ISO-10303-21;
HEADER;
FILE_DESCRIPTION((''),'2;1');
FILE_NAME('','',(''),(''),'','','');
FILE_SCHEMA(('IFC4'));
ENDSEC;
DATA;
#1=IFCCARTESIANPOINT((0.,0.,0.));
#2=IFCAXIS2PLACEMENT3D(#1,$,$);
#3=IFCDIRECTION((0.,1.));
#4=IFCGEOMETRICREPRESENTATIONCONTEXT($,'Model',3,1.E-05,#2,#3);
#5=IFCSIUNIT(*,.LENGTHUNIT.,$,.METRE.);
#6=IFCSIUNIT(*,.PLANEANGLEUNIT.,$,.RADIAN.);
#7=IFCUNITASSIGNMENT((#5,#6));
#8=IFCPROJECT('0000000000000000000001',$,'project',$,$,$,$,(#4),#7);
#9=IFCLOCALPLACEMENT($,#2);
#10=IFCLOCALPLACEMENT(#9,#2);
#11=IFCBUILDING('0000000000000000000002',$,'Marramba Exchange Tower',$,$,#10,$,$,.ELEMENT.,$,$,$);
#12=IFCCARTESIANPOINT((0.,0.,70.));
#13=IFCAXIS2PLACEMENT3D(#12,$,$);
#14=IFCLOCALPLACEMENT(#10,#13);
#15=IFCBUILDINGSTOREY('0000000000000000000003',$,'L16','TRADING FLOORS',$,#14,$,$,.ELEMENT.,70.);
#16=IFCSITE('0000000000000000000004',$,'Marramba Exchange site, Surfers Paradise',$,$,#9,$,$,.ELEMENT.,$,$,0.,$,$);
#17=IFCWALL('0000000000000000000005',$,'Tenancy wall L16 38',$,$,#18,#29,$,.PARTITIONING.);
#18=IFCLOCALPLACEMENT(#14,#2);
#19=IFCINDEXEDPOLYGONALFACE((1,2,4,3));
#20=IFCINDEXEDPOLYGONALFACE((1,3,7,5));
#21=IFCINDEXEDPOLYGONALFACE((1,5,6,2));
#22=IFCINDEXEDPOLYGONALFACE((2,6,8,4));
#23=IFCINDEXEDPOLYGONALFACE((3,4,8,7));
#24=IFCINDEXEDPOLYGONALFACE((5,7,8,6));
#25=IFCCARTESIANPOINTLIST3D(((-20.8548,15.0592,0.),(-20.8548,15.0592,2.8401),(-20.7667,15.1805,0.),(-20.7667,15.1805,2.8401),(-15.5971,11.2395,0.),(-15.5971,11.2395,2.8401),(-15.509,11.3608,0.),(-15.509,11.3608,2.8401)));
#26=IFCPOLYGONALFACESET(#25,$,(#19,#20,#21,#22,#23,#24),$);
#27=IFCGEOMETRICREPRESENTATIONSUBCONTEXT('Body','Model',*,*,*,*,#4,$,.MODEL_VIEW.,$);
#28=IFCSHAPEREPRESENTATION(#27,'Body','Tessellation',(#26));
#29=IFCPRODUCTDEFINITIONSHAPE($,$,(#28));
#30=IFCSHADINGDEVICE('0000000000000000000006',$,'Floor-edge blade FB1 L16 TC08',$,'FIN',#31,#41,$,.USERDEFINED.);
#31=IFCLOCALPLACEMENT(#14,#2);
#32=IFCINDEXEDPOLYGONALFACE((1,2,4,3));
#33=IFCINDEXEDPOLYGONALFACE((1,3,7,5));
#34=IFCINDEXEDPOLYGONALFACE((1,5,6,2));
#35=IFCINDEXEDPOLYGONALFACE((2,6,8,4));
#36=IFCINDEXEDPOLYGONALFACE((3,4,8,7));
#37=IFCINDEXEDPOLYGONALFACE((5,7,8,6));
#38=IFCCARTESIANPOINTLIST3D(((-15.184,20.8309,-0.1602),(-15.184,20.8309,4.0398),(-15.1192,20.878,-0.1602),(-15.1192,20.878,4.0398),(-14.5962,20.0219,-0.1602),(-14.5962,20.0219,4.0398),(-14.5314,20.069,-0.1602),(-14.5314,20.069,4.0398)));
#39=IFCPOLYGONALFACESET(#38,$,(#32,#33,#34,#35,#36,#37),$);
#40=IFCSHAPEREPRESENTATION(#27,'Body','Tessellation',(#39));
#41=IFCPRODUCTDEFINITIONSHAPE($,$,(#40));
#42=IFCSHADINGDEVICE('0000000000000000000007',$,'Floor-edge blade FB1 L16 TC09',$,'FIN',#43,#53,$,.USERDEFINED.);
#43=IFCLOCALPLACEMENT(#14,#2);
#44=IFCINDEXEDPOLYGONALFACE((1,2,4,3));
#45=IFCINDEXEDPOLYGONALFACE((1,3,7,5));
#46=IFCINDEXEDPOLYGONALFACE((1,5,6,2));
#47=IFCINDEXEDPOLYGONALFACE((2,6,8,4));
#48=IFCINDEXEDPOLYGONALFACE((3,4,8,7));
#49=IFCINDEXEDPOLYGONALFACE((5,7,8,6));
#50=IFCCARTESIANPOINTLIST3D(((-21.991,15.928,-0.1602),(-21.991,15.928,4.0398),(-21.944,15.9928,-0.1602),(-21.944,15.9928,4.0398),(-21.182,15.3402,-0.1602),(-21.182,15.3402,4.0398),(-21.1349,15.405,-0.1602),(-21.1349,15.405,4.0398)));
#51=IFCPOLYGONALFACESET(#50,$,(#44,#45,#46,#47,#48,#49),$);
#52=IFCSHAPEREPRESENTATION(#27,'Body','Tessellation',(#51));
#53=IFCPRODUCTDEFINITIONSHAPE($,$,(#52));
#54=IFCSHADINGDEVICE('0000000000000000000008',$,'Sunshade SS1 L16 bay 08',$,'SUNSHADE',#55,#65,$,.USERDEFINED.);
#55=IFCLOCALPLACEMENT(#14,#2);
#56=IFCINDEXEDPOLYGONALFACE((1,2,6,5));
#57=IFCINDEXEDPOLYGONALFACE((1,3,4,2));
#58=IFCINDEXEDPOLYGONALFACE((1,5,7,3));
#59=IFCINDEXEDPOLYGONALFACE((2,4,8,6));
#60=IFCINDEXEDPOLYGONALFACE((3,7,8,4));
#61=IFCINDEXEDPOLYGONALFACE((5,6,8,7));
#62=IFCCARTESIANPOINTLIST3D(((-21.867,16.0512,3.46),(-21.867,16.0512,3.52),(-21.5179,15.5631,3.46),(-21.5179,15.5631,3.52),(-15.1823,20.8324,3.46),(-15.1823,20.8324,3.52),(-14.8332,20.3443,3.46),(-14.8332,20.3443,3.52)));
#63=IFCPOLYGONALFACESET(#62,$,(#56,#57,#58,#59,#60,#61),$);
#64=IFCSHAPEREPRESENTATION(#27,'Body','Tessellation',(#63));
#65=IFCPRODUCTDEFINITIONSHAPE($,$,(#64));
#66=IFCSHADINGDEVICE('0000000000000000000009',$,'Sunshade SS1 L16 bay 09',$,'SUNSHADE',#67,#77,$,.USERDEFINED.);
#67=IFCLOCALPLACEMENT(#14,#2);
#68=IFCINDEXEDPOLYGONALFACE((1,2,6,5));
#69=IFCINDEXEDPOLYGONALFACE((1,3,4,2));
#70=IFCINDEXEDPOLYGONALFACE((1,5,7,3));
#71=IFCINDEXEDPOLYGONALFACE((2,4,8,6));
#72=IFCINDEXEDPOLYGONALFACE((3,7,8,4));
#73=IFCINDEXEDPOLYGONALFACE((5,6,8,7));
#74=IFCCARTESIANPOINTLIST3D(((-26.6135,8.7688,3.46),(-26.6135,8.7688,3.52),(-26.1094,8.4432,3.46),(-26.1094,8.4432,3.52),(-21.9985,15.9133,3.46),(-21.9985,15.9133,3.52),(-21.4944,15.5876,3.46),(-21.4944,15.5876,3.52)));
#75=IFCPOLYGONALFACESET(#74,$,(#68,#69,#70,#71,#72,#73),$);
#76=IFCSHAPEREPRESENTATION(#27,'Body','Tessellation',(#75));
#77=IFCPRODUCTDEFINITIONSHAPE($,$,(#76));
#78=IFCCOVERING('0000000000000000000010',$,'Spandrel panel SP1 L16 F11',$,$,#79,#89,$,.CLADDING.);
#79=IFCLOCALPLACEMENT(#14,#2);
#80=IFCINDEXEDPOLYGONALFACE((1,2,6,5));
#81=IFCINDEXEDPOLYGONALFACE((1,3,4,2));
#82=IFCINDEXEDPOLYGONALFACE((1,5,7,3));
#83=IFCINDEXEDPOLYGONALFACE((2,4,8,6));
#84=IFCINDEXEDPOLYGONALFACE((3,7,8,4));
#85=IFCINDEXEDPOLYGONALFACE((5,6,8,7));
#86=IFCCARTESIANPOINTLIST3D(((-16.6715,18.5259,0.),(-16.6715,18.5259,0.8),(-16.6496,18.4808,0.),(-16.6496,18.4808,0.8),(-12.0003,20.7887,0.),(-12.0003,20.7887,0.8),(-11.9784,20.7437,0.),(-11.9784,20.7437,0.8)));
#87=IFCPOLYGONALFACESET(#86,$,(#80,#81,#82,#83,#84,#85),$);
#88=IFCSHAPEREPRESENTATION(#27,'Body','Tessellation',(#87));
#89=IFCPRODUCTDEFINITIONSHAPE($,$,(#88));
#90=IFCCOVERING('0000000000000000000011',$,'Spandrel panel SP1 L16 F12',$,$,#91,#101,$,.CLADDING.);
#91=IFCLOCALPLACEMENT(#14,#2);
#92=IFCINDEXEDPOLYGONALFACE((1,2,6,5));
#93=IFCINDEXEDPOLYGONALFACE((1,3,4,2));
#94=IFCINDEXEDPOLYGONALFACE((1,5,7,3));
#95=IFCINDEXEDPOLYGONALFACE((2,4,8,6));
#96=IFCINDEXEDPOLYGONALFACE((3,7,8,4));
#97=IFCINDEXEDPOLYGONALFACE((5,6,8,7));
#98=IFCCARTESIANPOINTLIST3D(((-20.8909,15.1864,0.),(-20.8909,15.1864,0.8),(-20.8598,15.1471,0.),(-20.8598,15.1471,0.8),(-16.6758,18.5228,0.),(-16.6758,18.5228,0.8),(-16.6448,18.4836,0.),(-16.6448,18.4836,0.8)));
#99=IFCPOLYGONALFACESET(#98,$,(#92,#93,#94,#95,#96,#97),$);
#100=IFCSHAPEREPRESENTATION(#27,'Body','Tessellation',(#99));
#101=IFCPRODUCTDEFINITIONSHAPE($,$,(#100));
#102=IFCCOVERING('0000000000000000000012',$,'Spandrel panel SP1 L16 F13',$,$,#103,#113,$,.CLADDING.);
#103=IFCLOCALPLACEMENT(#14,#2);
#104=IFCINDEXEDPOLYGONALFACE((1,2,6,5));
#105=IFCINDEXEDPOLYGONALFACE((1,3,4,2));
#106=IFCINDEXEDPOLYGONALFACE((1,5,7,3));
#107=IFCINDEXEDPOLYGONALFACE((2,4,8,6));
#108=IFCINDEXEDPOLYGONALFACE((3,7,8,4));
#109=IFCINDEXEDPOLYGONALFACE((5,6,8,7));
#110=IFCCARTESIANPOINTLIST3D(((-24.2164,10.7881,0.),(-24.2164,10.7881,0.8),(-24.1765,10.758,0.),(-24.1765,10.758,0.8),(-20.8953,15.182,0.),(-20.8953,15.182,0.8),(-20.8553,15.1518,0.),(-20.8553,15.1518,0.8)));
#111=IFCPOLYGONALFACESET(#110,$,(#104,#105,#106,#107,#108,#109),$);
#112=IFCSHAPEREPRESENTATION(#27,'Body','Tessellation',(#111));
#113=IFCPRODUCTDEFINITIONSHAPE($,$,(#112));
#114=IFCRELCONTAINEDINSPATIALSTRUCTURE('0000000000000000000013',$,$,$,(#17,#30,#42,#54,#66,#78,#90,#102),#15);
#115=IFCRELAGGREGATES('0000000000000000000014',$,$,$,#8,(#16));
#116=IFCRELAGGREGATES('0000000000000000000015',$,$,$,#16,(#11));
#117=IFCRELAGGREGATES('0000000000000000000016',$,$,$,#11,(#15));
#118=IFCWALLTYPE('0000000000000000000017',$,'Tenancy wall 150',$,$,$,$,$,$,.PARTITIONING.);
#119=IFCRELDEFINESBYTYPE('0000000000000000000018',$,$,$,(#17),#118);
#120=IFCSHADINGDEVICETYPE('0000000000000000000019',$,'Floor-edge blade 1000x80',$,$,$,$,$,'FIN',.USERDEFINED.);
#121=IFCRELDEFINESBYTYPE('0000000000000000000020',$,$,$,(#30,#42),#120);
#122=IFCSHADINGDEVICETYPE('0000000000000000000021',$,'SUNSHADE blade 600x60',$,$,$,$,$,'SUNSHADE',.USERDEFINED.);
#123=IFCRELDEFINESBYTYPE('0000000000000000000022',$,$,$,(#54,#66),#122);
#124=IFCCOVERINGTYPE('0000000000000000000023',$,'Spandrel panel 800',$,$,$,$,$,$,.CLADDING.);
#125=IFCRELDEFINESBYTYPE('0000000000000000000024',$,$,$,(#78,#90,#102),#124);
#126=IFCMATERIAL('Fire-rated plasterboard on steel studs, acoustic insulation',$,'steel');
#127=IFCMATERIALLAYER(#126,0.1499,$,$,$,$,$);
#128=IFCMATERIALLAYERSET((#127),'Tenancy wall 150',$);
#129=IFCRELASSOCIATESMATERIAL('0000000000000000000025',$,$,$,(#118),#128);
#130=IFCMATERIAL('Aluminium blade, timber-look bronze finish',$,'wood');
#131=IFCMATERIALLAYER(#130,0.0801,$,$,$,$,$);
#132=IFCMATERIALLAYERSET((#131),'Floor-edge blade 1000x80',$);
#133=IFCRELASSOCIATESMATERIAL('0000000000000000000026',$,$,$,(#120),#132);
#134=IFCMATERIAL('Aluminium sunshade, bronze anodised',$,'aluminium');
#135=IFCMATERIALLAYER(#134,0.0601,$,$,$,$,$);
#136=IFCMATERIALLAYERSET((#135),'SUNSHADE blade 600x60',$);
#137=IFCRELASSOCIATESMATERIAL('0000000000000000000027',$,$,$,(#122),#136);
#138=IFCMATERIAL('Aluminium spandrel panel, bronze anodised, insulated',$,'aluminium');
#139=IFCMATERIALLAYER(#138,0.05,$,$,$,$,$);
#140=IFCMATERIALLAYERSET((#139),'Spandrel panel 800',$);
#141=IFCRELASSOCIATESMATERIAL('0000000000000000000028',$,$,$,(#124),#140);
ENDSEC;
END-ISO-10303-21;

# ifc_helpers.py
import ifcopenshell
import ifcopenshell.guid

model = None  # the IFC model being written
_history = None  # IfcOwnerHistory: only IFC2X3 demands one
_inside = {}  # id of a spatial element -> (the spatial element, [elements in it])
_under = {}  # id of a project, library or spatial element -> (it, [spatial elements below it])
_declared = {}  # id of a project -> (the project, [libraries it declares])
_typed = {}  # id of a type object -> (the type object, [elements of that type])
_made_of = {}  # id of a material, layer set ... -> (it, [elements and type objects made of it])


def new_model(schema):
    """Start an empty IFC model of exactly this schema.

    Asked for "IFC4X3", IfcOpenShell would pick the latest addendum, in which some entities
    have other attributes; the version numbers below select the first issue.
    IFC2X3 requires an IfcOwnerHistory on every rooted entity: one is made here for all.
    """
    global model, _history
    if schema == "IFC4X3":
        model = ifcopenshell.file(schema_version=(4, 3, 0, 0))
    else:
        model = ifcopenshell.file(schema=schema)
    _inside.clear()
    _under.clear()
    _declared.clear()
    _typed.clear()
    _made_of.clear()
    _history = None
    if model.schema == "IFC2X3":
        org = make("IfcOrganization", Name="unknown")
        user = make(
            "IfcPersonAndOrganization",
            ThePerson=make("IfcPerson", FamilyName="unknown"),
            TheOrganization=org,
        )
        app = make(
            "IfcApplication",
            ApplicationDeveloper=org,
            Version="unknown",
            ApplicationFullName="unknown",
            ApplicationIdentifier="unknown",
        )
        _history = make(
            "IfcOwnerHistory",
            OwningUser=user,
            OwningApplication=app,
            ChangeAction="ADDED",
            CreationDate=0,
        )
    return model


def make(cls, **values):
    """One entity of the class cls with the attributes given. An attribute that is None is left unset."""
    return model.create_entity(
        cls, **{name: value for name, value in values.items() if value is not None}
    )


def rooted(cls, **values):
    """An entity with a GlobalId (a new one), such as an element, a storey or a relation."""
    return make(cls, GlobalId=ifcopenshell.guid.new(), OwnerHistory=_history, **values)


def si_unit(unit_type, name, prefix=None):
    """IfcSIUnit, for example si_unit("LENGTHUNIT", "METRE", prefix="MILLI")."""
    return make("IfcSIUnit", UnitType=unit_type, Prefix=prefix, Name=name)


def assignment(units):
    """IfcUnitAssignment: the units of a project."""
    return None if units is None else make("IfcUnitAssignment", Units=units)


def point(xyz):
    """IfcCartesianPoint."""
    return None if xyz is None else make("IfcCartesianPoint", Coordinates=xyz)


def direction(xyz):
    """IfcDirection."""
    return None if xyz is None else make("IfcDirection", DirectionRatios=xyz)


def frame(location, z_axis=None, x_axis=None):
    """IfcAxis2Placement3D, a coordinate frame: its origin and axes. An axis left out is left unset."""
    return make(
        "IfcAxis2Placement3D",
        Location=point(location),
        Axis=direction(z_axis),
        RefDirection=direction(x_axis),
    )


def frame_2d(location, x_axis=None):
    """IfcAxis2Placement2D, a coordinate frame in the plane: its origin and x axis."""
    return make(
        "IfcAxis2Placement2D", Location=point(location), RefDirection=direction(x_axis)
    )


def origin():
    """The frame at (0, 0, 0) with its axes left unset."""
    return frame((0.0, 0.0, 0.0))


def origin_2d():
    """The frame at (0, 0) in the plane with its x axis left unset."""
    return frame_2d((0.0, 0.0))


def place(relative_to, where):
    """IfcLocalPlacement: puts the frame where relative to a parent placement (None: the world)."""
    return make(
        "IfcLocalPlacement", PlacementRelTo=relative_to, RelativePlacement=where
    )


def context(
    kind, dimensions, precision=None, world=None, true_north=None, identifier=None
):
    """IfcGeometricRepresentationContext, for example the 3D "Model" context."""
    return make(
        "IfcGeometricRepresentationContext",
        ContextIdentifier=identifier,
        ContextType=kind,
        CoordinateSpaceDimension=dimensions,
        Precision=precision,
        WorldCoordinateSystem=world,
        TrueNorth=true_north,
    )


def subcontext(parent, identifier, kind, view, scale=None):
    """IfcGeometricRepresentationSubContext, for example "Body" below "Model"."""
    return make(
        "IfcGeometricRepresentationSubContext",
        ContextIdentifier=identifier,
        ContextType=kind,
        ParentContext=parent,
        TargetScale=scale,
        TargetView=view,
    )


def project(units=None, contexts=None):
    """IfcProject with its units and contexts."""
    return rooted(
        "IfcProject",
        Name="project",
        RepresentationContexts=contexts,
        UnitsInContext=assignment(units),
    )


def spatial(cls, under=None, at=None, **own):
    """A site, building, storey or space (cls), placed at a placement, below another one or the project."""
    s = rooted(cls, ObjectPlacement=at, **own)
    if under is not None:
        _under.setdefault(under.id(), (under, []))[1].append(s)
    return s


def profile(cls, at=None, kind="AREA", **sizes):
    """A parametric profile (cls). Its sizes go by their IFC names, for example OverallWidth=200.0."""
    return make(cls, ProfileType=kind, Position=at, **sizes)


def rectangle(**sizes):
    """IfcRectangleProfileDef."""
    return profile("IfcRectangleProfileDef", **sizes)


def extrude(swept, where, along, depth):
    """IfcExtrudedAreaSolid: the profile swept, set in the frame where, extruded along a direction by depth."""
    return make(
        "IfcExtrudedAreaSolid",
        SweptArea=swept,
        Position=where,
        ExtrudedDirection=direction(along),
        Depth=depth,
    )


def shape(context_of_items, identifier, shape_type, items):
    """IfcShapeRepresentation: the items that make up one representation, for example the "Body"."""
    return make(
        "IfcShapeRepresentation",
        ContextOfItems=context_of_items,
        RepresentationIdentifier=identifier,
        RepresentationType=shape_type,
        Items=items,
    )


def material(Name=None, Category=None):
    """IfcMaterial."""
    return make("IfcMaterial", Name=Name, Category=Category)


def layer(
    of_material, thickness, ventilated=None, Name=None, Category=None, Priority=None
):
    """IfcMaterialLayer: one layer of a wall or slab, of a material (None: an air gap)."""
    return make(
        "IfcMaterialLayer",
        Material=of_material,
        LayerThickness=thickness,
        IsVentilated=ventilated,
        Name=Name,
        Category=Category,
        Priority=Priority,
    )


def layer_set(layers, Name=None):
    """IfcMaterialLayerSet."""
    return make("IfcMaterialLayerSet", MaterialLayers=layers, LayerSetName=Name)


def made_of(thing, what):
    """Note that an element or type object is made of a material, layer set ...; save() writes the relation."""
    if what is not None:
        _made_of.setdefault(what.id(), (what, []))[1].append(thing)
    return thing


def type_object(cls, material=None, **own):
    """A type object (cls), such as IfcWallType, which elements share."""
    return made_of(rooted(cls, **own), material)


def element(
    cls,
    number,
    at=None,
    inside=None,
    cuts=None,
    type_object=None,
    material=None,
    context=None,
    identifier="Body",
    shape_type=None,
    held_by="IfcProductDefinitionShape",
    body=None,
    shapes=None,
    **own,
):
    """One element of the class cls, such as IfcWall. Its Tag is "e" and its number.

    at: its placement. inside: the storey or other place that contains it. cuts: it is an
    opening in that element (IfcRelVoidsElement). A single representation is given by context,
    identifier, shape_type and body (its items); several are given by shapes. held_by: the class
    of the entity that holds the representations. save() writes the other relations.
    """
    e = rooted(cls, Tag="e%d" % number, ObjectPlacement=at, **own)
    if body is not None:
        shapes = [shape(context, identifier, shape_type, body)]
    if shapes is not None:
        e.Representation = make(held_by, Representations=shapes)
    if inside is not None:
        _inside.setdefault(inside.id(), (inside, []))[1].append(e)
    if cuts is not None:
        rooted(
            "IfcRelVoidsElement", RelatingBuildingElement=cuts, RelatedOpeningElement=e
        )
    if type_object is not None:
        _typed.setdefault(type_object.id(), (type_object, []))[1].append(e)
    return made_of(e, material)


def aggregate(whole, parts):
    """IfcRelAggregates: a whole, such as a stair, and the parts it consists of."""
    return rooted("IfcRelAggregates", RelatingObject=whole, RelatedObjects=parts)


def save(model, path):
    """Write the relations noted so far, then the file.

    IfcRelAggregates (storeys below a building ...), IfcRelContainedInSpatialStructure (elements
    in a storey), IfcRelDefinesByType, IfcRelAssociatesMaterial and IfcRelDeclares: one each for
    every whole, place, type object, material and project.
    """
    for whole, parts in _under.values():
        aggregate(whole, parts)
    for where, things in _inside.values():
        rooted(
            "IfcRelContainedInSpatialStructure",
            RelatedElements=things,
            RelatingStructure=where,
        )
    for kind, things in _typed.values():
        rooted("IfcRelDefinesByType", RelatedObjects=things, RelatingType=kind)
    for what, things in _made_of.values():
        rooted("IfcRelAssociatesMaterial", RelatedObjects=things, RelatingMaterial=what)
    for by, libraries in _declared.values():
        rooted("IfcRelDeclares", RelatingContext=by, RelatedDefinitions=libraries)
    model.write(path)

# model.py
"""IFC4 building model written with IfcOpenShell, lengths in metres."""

from ifc_helpers import new_model, si_unit, direction, frame, frame_2d, origin, origin_2d, place, context, subcontext, project, spatial, rectangle, extrude, material, layer, layer_set, type_object, element, save


model = new_model("IFC4")

# Units and contexts
model_context = context("Model", 3, precision=1e-05, world=origin(), true_north=direction((0.0, 1.0)))
body_context = subcontext(model_context, "Body", "Model", "MODEL_VIEW")
ifc_project = project(units=[si_unit("LENGTHUNIT", "METRE"), si_unit("PLANEANGLEUNIT", "RADIAN")], contexts=[model_context])

# Site, building, storey
site_placement = place(None, origin())
site = spatial("IfcSite", under=ifc_project, at=site_placement, Name="Marramba Exchange site, Surfers Paradise", CompositionType="ELEMENT", RefElevation=0.0)
building_placement = place(site_placement, origin())
building = spatial("IfcBuilding", under=site, at=building_placement, Name="Marramba Exchange Tower", CompositionType="ELEMENT")
storey_placement = place(building_placement, frame((0.0, 0.0, 70.0)))
storey = spatial("IfcBuildingStorey", under=building, at=storey_placement, Name="L16", Description="TRADING FLOORS", CompositionType="ELEMENT", Elevation=70.0)

# Wall
ifc_material_1 = material(Name="Fire-rated plasterboard on steel studs, acoustic insulation", Category="steel")
ifc_layer_1 = layer(ifc_material_1, 0.1499)
ifc_layer_set_1 = layer_set([ifc_layer_1], Name="Tenancy wall 150")
wall_type_1 = type_object("IfcWallType", Name="Tenancy wall 150", PredefinedType="PARTITIONING", material=ifc_layer_set_1)
wall_1_placement = place(storey_placement, frame((-15.553, 11.3, 0.0), z_axis=(0.0, 0.0, 1.0), x_axis=(-0.809032, 0.587765, 0.0)))
element("IfcWall", 1, at=wall_1_placement, inside=storey, type_object=wall_type_1, Name="Tenancy wall L16 38", PredefinedType="PARTITIONING", context=body_context, shape_type="SweptSolid", body=[
    extrude(rectangle(XDim=6.4988, YDim=0.1499, at=frame_2d((3.2495, 0.0))), origin(), (0.0, 0.0, 1.0), 2.8401),
])

# Shading devices
ifc_material_2 = material(Name="Aluminium blade, timber-look bronze finish", Category="wood")
ifc_layer_2 = layer(ifc_material_2, 0.0801)
ifc_layer_set_2 = layer_set([ifc_layer_2], Name="Floor-edge blade 1000x80")
shading_device_type_1 = type_object("IfcShadingDeviceType", Name="Floor-edge blade 1000x80", ElementType="FIN", PredefinedType="USERDEFINED", material=ifc_layer_set_2)
for number, where, z_axis, x_axis, name in (
    (2, (-14.8577, 20.45, -0.1602), (0.0, 0.0, 1.0), (-0.587785, 0.809017, 0.0), "Floor-edge blade FB1 L16 TC08"),
    (3, (-21.563, 15.6665, -0.1602), (0.0, 0.0, 1.0), (-0.809017, 0.587785, 0.0), "Floor-edge blade FB1 L16 TC09"),
):
    element("IfcShadingDevice", number, at=place(storey_placement, frame(where, z_axis=z_axis, x_axis=x_axis)), inside=storey, type_object=shading_device_type_1, Name=name, ObjectType="FIN", PredefinedType="USERDEFINED", context=body_context, shape_type="SweptSolid", body=[
        extrude(rectangle(XDim=1.0, YDim=0.0801, at=origin_2d()), origin(), (0.0, 0.0, 1.0), 4.2),
    ])
ifc_material_3 = material(Name="Aluminium sunshade, bronze anodised", Category="aluminium")
ifc_layer_3 = layer(ifc_material_3, 0.0601)
ifc_layer_set_3 = layer_set([ifc_layer_3], Name="SUNSHADE blade 600x60")
shading_device_type_2 = type_object("IfcShadingDeviceType", Name="SUNSHADE blade 600x60", ElementType="SUNSHADE", PredefinedType="USERDEFINED", material=ifc_layer_set_3)
shading_device_1_placement = place(storey_placement, frame((-18.3501, 18.1978, 3.46), z_axis=(0.0, 0.0, 1.0), x_axis=(-0.813363, -0.581757, 0.0)))
element("IfcShadingDevice", 4, at=shading_device_1_placement, inside=storey, type_object=shading_device_type_2, Name="Sunshade SS1 L16 bay 08", ObjectType="SUNSHADE", PredefinedType="USERDEFINED", context=body_context, shape_type="SweptSolid", body=[
    extrude(rectangle(XDim=8.2185, YDim=0.6001, at=origin_2d()), origin(), (0.0, 0.0, 1.0), 0.0601),
])
shading_device_2_placement = place(storey_placement, frame((-24.054, 12.1782, 3.46), z_axis=(0.0, 0.0, 1.0), x_axis=(-0.542597, -0.839993, 0.0)))
element("IfcShadingDevice", 5, at=shading_device_2_placement, inside=storey, type_object=shading_device_type_2, Name="Sunshade SS1 L16 bay 09", ObjectType="SUNSHADE", PredefinedType="USERDEFINED", context=body_context, shape_type="SweptSolid", body=[
    extrude(rectangle(XDim=8.5054, YDim=0.6001, at=origin_2d()), origin(), (0.0, 0.0, 1.0), 0.0601),
])

# Coverings
ifc_material_4 = material(Name="Aluminium spandrel panel, bronze anodised, insulated", Category="aluminium")
ifc_layer_4 = layer(ifc_material_4, 0.05)
ifc_layer_set_4 = layer_set([ifc_layer_4], Name="Spandrel panel 800")
covering_type = type_object("IfcCoveringType", Name="Spandrel panel 800", PredefinedType="CLADDING", material=ifc_layer_set_4)
covering_1_placement = place(storey_placement, frame((-14.325, 19.6348, 0.0), z_axis=(0.0, 0.0, 1.0), x_axis=(-0.899963, -0.435965, 0.0)))
element("IfcCovering", 6, at=covering_1_placement, inside=storey, type_object=covering_type, Name="Spandrel panel SP1 L16 F11", PredefinedType="CLADDING", context=body_context, shape_type="SweptSolid", body=[
    extrude(rectangle(XDim=5.1904, YDim=0.05, at=origin_2d()), origin(), (0.0, 0.0, 1.0), 0.8),
])
covering_2_placement = place(storey_placement, frame((-18.7678, 16.835, 0.0), z_axis=(0.0, 0.0, 1.0), x_axis=(-0.784088, -0.62065, 0.0)))
element("IfcCovering", 7, at=covering_2_placement, inside=storey, type_object=covering_type, Name="Spandrel panel SP1 L16 F12", PredefinedType="CLADDING", context=body_context, shape_type="SweptSolid", body=[
    extrude(rectangle(XDim=5.3757, YDim=0.05, at=origin_2d()), origin(), (0.0, 0.0, 1.0), 0.8),
])
covering_3_placement = place(storey_placement, frame((-22.5359, 12.97, 0.0), z_axis=(0.0, 0.0, 1.0), x_axis=(-0.60299, -0.797749, 0.0)))
element("IfcCovering", 8, at=covering_3_placement, inside=storey, type_object=covering_type, Name="Spandrel panel SP1 L16 F13", PredefinedType="CLADDING", context=body_context, shape_type="SweptSolid", body=[
    extrude(rectangle(XDim=5.5078, YDim=0.05, at=origin_2d()), origin(), (0.0, 0.0, 1.0), 0.8),
])

save(model, "model.ifc")
